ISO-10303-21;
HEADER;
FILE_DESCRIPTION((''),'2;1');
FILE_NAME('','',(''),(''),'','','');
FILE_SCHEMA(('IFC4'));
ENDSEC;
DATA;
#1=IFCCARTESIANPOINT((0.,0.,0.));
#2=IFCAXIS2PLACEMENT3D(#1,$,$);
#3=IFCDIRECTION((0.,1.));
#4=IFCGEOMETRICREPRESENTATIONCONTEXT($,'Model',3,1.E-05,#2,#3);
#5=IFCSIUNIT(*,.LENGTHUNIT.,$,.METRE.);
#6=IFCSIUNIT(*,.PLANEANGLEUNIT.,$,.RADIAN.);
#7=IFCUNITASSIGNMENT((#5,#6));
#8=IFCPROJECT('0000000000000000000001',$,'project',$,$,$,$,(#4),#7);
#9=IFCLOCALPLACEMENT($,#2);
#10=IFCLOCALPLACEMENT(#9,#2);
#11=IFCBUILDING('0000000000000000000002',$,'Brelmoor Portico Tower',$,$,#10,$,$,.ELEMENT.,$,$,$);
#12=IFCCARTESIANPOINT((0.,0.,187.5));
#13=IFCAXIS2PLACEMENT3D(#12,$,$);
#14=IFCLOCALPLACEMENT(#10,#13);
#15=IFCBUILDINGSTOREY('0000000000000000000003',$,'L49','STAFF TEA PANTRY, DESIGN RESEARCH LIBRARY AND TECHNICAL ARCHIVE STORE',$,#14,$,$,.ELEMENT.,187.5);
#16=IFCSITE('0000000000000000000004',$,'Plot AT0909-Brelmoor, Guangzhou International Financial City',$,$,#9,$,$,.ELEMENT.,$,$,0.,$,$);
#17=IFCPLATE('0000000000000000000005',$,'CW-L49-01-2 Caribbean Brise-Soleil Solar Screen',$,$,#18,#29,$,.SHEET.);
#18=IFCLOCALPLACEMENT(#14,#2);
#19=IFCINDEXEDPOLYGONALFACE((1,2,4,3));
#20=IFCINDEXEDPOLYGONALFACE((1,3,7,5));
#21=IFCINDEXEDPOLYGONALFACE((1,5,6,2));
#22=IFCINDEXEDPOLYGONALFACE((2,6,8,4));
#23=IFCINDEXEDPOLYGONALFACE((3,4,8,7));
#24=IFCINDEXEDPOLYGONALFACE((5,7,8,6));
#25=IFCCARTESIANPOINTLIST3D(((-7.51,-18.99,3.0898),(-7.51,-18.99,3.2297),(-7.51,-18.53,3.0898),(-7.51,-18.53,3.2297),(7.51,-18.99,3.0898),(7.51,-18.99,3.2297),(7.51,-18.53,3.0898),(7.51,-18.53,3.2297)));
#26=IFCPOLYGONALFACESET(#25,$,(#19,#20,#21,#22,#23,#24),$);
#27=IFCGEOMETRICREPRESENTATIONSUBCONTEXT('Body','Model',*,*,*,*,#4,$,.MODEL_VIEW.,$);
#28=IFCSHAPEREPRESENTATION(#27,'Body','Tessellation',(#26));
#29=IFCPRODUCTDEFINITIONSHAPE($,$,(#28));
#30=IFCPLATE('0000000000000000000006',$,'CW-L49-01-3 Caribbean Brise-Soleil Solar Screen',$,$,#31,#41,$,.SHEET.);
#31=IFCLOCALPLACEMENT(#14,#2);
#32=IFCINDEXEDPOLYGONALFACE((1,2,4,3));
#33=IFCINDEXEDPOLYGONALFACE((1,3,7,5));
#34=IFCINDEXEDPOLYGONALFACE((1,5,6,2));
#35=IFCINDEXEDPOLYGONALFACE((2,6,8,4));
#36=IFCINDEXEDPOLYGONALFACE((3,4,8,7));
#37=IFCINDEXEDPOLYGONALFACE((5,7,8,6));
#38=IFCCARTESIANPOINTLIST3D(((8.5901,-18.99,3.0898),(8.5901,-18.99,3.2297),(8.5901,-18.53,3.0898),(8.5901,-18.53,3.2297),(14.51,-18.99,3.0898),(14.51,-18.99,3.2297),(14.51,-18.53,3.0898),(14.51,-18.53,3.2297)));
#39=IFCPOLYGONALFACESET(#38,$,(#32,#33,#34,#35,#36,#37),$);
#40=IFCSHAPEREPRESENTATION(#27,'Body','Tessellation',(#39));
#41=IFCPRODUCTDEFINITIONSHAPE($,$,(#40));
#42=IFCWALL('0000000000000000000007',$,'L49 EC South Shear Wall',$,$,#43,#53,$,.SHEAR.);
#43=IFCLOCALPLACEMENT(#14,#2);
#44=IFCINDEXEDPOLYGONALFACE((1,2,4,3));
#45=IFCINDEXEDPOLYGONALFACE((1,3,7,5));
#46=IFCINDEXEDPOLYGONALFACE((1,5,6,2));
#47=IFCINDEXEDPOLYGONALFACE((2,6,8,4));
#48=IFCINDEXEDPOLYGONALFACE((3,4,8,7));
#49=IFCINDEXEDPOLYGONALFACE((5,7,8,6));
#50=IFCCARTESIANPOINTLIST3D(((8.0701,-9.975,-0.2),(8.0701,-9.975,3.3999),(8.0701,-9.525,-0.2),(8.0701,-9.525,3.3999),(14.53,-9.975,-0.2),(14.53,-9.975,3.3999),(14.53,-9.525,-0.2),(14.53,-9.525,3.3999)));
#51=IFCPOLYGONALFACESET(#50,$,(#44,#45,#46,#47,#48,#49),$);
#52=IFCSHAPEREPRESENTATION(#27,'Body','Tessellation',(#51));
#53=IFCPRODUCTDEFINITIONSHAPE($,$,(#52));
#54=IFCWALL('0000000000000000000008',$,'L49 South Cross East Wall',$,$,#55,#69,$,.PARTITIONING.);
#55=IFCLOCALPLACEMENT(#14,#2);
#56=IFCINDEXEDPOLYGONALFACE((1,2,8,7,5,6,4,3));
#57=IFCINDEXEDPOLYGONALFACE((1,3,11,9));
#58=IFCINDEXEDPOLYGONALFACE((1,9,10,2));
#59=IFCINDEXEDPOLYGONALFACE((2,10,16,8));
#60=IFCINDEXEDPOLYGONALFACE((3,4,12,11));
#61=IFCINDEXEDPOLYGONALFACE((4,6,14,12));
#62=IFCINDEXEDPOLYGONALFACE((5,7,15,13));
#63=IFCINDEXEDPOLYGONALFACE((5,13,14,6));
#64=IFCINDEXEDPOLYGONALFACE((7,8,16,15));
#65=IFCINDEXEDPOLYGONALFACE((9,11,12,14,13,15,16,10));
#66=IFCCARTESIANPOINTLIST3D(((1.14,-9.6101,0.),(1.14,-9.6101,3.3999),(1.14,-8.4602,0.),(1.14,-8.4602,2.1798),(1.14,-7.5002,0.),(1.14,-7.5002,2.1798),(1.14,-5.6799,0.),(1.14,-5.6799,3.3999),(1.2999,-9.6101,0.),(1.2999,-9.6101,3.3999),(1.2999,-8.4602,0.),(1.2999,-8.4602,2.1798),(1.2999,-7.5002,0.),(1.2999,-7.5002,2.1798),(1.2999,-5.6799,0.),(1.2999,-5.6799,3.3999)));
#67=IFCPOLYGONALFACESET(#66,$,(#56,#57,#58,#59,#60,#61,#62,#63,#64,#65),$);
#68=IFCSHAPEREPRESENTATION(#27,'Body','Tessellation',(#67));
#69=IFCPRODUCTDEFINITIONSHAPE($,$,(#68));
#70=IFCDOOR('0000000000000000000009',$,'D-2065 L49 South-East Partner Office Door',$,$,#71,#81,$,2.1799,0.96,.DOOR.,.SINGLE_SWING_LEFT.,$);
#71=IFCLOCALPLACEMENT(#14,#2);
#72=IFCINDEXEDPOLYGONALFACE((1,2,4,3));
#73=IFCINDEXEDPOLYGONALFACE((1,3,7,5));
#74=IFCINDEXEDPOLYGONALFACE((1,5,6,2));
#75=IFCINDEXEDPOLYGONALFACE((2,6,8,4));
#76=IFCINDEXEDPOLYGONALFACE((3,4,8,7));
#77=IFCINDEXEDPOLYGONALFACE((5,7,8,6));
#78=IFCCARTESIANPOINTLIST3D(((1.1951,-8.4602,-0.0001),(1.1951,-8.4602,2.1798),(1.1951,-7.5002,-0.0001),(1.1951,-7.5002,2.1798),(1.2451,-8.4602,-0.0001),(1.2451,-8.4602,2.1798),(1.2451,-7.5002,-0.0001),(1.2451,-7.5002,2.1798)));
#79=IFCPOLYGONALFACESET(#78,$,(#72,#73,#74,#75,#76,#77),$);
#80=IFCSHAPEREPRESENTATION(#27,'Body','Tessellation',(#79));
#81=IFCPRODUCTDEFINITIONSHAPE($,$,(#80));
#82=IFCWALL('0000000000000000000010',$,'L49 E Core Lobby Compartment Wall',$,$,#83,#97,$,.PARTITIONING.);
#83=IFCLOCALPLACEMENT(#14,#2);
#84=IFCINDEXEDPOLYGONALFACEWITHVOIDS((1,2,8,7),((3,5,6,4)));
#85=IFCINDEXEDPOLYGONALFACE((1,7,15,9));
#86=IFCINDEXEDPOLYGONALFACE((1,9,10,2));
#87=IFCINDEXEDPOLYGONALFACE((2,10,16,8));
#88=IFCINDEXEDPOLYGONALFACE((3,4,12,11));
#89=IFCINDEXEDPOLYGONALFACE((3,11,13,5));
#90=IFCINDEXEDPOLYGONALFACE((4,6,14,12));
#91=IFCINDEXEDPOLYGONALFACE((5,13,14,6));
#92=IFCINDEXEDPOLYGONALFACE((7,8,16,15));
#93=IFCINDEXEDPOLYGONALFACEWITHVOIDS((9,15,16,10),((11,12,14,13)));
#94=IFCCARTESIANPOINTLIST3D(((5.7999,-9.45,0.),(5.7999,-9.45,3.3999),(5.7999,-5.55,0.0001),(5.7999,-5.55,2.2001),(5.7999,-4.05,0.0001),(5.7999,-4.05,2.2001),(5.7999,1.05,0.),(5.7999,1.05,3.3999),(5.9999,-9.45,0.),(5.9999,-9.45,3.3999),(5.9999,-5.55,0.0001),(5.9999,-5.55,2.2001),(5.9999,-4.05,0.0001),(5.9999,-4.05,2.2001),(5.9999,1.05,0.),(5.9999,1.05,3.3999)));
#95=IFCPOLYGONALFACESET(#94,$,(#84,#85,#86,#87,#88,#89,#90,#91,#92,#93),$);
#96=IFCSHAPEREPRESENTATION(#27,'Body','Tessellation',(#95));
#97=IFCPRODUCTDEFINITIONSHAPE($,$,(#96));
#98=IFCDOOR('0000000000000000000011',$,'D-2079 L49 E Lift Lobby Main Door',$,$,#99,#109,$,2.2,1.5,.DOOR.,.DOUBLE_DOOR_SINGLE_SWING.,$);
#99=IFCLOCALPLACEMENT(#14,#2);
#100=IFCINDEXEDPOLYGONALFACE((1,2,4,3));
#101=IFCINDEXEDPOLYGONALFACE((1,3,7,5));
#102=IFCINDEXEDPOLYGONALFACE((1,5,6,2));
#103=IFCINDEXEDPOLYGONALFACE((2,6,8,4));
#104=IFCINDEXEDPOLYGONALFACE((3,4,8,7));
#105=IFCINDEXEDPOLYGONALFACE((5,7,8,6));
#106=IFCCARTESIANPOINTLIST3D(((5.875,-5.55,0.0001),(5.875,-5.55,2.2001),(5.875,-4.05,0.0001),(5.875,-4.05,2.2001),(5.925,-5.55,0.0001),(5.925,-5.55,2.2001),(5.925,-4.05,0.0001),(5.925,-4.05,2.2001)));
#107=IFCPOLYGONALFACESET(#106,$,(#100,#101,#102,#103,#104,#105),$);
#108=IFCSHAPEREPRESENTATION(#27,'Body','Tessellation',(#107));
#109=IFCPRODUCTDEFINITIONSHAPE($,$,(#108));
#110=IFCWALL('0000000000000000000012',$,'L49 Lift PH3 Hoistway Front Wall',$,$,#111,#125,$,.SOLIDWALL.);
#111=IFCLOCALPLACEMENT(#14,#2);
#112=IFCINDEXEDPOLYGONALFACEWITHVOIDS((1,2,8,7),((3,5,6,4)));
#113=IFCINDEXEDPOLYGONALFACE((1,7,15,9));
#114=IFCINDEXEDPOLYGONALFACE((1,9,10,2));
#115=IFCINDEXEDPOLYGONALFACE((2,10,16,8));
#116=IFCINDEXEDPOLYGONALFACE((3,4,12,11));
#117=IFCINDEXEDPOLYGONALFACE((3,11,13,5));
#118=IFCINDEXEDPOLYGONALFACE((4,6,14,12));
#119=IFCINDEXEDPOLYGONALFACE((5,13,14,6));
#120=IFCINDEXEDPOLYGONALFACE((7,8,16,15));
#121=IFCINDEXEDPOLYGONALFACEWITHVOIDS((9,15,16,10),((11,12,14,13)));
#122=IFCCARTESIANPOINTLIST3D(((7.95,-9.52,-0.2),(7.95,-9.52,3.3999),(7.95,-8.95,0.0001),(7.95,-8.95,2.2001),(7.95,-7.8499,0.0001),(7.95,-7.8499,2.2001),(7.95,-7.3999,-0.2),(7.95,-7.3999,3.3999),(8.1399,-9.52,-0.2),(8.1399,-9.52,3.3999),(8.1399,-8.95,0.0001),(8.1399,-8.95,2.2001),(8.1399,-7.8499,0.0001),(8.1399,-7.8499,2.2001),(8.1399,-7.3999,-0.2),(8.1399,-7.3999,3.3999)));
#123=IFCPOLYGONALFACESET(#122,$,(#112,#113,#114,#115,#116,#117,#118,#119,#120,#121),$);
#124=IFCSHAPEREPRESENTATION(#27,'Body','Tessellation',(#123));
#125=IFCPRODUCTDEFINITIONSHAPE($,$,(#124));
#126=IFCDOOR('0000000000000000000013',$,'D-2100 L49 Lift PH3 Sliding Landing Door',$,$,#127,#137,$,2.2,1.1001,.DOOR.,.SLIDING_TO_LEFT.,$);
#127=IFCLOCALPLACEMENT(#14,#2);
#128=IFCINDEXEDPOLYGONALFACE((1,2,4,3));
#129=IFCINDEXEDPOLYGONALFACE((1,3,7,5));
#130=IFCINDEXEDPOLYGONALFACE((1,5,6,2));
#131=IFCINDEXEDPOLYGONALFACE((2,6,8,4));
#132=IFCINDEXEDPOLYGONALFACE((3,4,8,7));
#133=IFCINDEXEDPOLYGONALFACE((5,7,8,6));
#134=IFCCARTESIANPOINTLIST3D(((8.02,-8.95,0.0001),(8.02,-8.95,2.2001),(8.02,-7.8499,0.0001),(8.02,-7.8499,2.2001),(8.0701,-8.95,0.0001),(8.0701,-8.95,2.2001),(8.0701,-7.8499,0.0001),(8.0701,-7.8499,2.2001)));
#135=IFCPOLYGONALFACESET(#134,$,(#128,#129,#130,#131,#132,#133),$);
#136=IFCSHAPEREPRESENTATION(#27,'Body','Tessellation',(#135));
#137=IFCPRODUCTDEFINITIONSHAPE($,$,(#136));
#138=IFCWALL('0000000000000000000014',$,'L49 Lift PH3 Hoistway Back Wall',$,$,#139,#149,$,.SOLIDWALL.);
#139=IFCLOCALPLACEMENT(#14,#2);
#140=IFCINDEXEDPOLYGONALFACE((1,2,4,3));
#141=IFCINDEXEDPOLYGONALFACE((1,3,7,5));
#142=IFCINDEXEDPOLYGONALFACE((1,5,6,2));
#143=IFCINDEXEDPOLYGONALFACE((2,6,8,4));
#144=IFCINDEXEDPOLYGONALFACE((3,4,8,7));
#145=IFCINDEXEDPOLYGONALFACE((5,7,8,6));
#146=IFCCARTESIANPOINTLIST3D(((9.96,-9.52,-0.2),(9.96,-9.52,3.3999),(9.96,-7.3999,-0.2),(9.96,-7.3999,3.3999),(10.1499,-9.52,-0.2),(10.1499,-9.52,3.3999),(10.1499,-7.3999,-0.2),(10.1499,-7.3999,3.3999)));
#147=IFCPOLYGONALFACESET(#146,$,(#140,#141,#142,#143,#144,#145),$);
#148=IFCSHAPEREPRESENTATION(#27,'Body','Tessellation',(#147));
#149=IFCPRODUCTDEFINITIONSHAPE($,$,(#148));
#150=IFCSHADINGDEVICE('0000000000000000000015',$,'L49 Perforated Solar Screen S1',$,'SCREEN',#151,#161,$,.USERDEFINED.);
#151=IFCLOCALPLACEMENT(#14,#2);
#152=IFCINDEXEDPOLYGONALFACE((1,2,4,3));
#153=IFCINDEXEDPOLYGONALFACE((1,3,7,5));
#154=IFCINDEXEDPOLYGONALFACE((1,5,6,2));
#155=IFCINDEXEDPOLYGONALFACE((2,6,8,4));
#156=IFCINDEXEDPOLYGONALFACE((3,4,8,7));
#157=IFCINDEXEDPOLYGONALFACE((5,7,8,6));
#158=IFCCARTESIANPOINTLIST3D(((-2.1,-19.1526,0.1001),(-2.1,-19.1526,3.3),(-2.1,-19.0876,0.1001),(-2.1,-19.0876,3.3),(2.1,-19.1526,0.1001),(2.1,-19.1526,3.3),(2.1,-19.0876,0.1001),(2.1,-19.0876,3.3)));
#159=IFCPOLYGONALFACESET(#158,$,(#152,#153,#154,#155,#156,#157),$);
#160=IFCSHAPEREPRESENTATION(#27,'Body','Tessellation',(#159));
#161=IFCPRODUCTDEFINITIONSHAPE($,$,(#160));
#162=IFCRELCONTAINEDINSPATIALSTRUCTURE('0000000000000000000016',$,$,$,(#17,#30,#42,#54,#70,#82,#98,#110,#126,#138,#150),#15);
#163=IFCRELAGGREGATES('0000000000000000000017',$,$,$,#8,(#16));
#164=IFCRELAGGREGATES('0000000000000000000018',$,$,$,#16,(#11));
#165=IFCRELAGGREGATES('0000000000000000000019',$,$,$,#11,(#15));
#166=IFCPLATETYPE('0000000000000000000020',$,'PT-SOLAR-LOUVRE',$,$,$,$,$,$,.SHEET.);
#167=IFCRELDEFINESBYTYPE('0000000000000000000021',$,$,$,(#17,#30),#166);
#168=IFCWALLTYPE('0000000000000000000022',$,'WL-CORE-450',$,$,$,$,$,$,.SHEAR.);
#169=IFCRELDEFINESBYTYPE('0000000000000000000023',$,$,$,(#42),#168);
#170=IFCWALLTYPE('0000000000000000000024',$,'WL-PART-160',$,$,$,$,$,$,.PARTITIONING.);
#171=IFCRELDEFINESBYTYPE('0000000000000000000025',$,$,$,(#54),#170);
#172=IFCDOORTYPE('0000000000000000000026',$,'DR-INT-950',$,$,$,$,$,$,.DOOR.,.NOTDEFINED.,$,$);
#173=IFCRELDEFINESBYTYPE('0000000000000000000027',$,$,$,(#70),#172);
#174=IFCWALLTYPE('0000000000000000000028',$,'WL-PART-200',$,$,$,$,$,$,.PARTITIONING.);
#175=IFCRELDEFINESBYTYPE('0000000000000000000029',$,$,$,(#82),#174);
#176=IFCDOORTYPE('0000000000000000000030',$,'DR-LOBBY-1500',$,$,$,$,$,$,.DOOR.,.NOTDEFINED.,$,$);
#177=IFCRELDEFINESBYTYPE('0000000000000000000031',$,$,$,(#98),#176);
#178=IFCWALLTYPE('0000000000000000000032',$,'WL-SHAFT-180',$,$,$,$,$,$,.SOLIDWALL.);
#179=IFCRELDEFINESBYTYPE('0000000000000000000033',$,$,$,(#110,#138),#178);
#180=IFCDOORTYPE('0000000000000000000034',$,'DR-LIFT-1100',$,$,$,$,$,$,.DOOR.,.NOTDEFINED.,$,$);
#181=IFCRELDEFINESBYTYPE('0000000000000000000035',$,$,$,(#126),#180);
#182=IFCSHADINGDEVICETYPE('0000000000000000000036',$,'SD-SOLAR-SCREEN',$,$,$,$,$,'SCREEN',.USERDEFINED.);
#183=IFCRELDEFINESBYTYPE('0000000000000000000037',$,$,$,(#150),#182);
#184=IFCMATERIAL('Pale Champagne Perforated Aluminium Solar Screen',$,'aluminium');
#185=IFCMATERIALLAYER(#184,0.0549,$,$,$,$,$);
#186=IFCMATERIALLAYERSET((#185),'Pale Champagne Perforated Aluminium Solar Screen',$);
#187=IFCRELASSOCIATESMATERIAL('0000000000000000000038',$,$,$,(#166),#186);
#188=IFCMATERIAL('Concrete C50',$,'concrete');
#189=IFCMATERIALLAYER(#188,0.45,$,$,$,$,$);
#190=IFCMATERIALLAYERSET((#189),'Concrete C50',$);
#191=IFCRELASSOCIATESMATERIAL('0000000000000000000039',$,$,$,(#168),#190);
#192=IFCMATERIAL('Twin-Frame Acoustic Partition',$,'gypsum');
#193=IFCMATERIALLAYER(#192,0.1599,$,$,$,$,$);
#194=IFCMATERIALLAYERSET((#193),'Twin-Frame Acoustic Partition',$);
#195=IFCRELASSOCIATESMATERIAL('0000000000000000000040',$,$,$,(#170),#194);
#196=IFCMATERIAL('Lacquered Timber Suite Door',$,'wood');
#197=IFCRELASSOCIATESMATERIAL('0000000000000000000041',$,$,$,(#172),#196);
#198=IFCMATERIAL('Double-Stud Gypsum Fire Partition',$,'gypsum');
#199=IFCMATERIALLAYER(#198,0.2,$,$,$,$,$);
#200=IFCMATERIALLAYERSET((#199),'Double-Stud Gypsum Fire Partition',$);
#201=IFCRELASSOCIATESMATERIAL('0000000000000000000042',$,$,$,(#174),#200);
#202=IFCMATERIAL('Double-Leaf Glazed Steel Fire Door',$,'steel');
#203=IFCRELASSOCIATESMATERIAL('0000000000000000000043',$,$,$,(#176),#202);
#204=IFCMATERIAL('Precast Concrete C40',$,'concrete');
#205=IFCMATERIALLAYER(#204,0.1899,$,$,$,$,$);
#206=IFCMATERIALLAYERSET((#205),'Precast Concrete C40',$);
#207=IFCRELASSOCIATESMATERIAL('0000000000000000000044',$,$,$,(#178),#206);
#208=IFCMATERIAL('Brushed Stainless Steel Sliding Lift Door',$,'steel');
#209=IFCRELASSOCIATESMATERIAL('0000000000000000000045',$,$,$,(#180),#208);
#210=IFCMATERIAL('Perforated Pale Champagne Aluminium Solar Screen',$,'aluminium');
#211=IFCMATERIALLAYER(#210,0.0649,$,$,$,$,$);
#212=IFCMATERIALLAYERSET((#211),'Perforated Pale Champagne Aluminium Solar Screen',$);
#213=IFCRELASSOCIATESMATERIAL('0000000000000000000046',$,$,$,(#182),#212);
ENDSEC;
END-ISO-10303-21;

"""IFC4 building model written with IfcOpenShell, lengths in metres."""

from ifc_helpers import new_model, si_unit, direction, frame, frame_2d, origin, origin_2d, place, context, subcontext, project, spatial, rectangle, extrude, material, layer, layer_set, type_object, element, fill, save


model = new_model("IFC4")

# Units and contexts
model_context = context("Model", 3, precision=1e-05, world=origin(), true_north=direction((0.0, 1.0)))
body_context = subcontext(model_context, "Body", "Model", "MODEL_VIEW")
ifc_project = project(units=[si_unit("LENGTHUNIT", "METRE"), si_unit("PLANEANGLEUNIT", "RADIAN")], contexts=[model_context])

# Site, building, storey
site_placement = place(None, origin())
site = spatial("IfcSite", under=ifc_project, at=site_placement, Name="Plot AT0909-Brelmoor, Guangzhou International Financial City", CompositionType="ELEMENT", RefElevation=0.0)
building_placement = place(site_placement, origin())
building = spatial("IfcBuilding", under=site, at=building_placement, Name="Brelmoor Portico Tower", CompositionType="ELEMENT")
storey_placement = place(building_placement, frame((0.0, 0.0, 187.5)))
storey = spatial("IfcBuildingStorey", under=building, at=storey_placement, Name="L49", Description="STAFF TEA PANTRY, DESIGN RESEARCH LIBRARY AND TECHNICAL ARCHIVE STORE", CompositionType="ELEMENT", Elevation=187.5)

# Plates
ifc_material_1 = material(Name="Pale Champagne Perforated Aluminium Solar Screen", Category="aluminium")
ifc_layer_1 = layer(ifc_material_1, 0.0549)
ifc_layer_set_1 = layer_set([ifc_layer_1], Name="Pale Champagne Perforated Aluminium Solar Screen")
plate_type_1 = type_object("IfcPlateType", Name="PT-SOLAR-LOUVRE", PredefinedType="SHEET", material=ifc_layer_set_1)
plate_1_placement = place(storey_placement, frame((0.0, -18.76, 3.0898), z_axis=(0.0, 0.0, 1.0), x_axis=(1.0, 0.0, 0.0)))
element("IfcPlate", 1, at=plate_1_placement, inside=storey, type_object=plate_type_1, Name="CW-L49-01-2 Caribbean Brise-Soleil Solar Screen", PredefinedType="SHEET", context=body_context, shape_type="SweptSolid", body=[
    extrude(rectangle(XDim=15.02, YDim=0.46, at=origin_2d()), origin(), (0.0, 0.0, 1.0), 0.1399),
])
plate_2_placement = place(storey_placement, frame((11.55, -18.76, 3.0898), z_axis=(0.0, 0.0, 1.0), x_axis=(1.0, 0.0, 0.0)))
element("IfcPlate", 2, at=plate_2_placement, inside=storey, type_object=plate_type_1, Name="CW-L49-01-3 Caribbean Brise-Soleil Solar Screen", PredefinedType="SHEET", context=body_context, shape_type="SweptSolid", body=[
    extrude(rectangle(XDim=5.9199, YDim=0.46, at=origin_2d()), origin(), (0.0, 0.0, 1.0), 0.1399),
])

# Wall
ifc_material_2 = material(Name="Concrete C50", Category="concrete")
ifc_layer_2 = layer(ifc_material_2, 0.45)
ifc_layer_set_2 = layer_set([ifc_layer_2], Name="Concrete C50")
wall_type_1 = type_object("IfcWallType", Name="WL-CORE-450", PredefinedType="SHEAR", material=ifc_layer_set_2)
wall_1_placement = place(storey_placement, frame((8.0701, -9.75, -0.2), z_axis=(0.0, 0.0, 1.0), x_axis=(1.0, 0.0, 0.0)))
element("IfcWall", 3, at=wall_1_placement, inside=storey, type_object=wall_type_1, Name="L49 EC South Shear Wall", PredefinedType="SHEAR", context=body_context, shape_type="SweptSolid", body=[
    extrude(rectangle(XDim=6.46, YDim=0.45, at=frame_2d((3.23, 0.0))), origin(), (0.0, 0.0, 1.0), 3.5999),
])

# Walls, openings, doors
ifc_material_3 = material(Name="Twin-Frame Acoustic Partition", Category="gypsum")
ifc_layer_3 = layer(ifc_material_3, 0.1599)
ifc_layer_set_3 = layer_set([ifc_layer_3], Name="Twin-Frame Acoustic Partition")
wall_type_2 = type_object("IfcWallType", Name="WL-PART-160", PredefinedType="PARTITIONING", material=ifc_layer_set_3)
wall_2_placement = place(storey_placement, frame((1.22, -9.6101, 0.0), z_axis=(0.0, 0.0, 1.0), x_axis=(0.0, 1.0, 0.0)))
wall_2 = element("IfcWall", 4, at=wall_2_placement, inside=storey, type_object=wall_type_2, Name="L49 South Cross East Wall", PredefinedType="PARTITIONING", context=body_context, shape_type="SweptSolid", body=[
    extrude(rectangle(XDim=3.9302, YDim=0.1599, at=frame_2d((1.9651, 0.0))), origin(), (0.0, 0.0, 1.0), 3.3999),
])
opening_1_placement = place(wall_2_placement, frame((1.1499, 0.0, 0.0)))
opening_1 = element("IfcOpeningElement", 5, at=opening_1_placement, cuts=wall_2, PredefinedType="OPENING", context=body_context, shape_type="SweptSolid", body=[
    extrude(rectangle(XDim=0.96, YDim=2.1799, at=frame_2d((0.48, 1.0898))), frame((0.0, 0.0898, 0.0), z_axis=(0.0, -1.0, 0.0), x_axis=(1.0, 0.0, 0.0)), (0.0, 0.0, 1.0), 0.1799),
])
ifc_material_4 = material(Name="Lacquered Timber Suite Door", Category="wood")
door_type_1 = type_object("IfcDoorType", Name="DR-INT-950", OperationType="NOTDEFINED", PredefinedType="DOOR", material=ifc_material_4)
door_1_placement = place(opening_1_placement, origin())
door_1 = element("IfcDoor", 6, at=door_1_placement, inside=storey, type_object=door_type_1, Name="D-2065 L49 South-East Partner Office Door", OperationType="SINGLE_SWING_LEFT", OverallHeight=2.1799, OverallWidth=0.96, PredefinedType="DOOR", context=body_context, shape_type="SweptSolid", body=[
    extrude(rectangle(XDim=0.96, YDim=2.1799, at=frame_2d((0.48, 1.0898))), frame((0.0, 0.0249, 0.0), z_axis=(0.0, -1.0, 0.0), x_axis=(1.0, 0.0, 0.0)), (0.0, 0.0, 1.0), 0.05),
])
fill(opening_1, door_1)
ifc_material_5 = material(Name="Double-Stud Gypsum Fire Partition", Category="gypsum")
ifc_layer_4 = layer(ifc_material_5, 0.2)
ifc_layer_set_4 = layer_set([ifc_layer_4], Name="Double-Stud Gypsum Fire Partition")
wall_type_3 = type_object("IfcWallType", Name="WL-PART-200", PredefinedType="PARTITIONING", material=ifc_layer_set_4)
wall_3_placement = place(storey_placement, frame((5.8999, -9.45, 0.0), z_axis=(0.0, 0.0, 1.0), x_axis=(0.0, 1.0, 0.0)))
wall_3 = element("IfcWall", 7, at=wall_3_placement, inside=storey, type_object=wall_type_3, Name="L49 E Core Lobby Compartment Wall", PredefinedType="PARTITIONING", context=body_context, shape_type="SweptSolid", body=[
    extrude(rectangle(XDim=10.5, YDim=0.2, at=frame_2d((5.25, 0.0))), origin(), (0.0, 0.0, 1.0), 3.3999),
])
opening_2_placement = place(wall_3_placement, frame((3.8999, 0.0, 0.0)))
opening_2 = element("IfcOpeningElement", 8, at=opening_2_placement, cuts=wall_3, PredefinedType="OPENING", context=body_context, shape_type="SweptSolid", body=[
    extrude(rectangle(XDim=1.5, YDim=2.2, at=frame_2d((0.75, 1.1001))), frame((0.0, 0.1099, 0.0), z_axis=(0.0, -1.0, 0.0), x_axis=(1.0, 0.0, 0.0)), (0.0, 0.0, 1.0), 0.22),
])
ifc_material_6 = material(Name="Double-Leaf Glazed Steel Fire Door", Category="steel")
door_type_2 = type_object("IfcDoorType", Name="DR-LOBBY-1500", OperationType="NOTDEFINED", PredefinedType="DOOR", material=ifc_material_6)
door_2_placement = place(opening_2_placement, origin())
door_2 = element("IfcDoor", 9, at=door_2_placement, inside=storey, type_object=door_type_2, Name="D-2079 L49 E Lift Lobby Main Door", OperationType="DOUBLE_DOOR_SINGLE_SWING", OverallHeight=2.2, OverallWidth=1.5, PredefinedType="DOOR", context=body_context, shape_type="SweptSolid", body=[
    extrude(rectangle(XDim=1.5, YDim=2.2, at=frame_2d((0.75, 1.1001))), frame((0.0, 0.0249, 0.0), z_axis=(0.0, -1.0, 0.0), x_axis=(1.0, 0.0, 0.0)), (0.0, 0.0, 1.0), 0.05),
])
fill(opening_2, door_2)
ifc_material_7 = material(Name="Precast Concrete C40", Category="concrete")
ifc_layer_5 = layer(ifc_material_7, 0.1899)
ifc_layer_set_5 = layer_set([ifc_layer_5], Name="Precast Concrete C40")
wall_type_4 = type_object("IfcWallType", Name="WL-SHAFT-180", PredefinedType="SOLIDWALL", material=ifc_layer_set_5)
wall_4_placement = place(storey_placement, frame((8.0449, -9.52, -0.2), z_axis=(0.0, 0.0, 1.0), x_axis=(0.0, 1.0, 0.0)))
wall_4 = element("IfcWall", 10, at=wall_4_placement, inside=storey, type_object=wall_type_4, Name="L49 Lift PH3 Hoistway Front Wall", PredefinedType="SOLIDWALL", context=body_context, shape_type="SweptSolid", body=[
    extrude(rectangle(XDim=2.1201, YDim=0.1899, at=frame_2d((1.0601, 0.0))), origin(), (0.0, 0.0, 1.0), 3.5999),
])
opening_3_placement = place(wall_4_placement, frame((0.5701, 0.0, 0.2)))
opening_3 = element("IfcOpeningElement", 11, at=opening_3_placement, cuts=wall_4, PredefinedType="OPENING", context=body_context, shape_type="SweptSolid", body=[
    extrude(rectangle(XDim=1.1001, YDim=2.2, at=frame_2d((0.55, 1.1001))), frame((0.0, 0.105, 0.0), z_axis=(0.0, -1.0, 0.0), x_axis=(1.0, 0.0, 0.0)), (0.0, 0.0, 1.0), 0.21),
])
ifc_material_8 = material(Name="Brushed Stainless Steel Sliding Lift Door", Category="steel")
door_type_3 = type_object("IfcDoorType", Name="DR-LIFT-1100", OperationType="NOTDEFINED", PredefinedType="DOOR", material=ifc_material_8)
door_3_placement = place(opening_3_placement, origin())
door_3 = element("IfcDoor", 12, at=door_3_placement, inside=storey, type_object=door_type_3, Name="D-2100 L49 Lift PH3 Sliding Landing Door", OperationType="SLIDING_TO_LEFT", OverallHeight=2.2, OverallWidth=1.1001, PredefinedType="DOOR", context=body_context, shape_type="SweptSolid", body=[
    extrude(rectangle(XDim=1.1001, YDim=2.2, at=frame_2d((0.55, 1.1001))), frame((0.0, 0.0249, 0.0), z_axis=(0.0, -1.0, 0.0), x_axis=(1.0, 0.0, 0.0)), (0.0, 0.0, 1.0), 0.05),
])
fill(opening_3, door_3)

# Wall
wall_5_placement = place(storey_placement, frame((10.0549, -9.52, -0.2), z_axis=(0.0, 0.0, 1.0), x_axis=(0.0, 1.0, 0.0)))
element("IfcWall", 13, at=wall_5_placement, inside=storey, type_object=wall_type_4, Name="L49 Lift PH3 Hoistway Back Wall", PredefinedType="SOLIDWALL", context=body_context, shape_type="SweptSolid", body=[
    extrude(rectangle(XDim=2.1201, YDim=0.1899, at=frame_2d((1.0601, 0.0))), origin(), (0.0, 0.0, 1.0), 3.5999),
])

# Shading device
ifc_material_9 = material(Name="Perforated Pale Champagne Aluminium Solar Screen", Category="aluminium")
ifc_layer_6 = layer(ifc_material_9, 0.0649)
ifc_layer_set_6 = layer_set([ifc_layer_6], Name="Perforated Pale Champagne Aluminium Solar Screen")
shading_device_type = type_object("IfcShadingDeviceType", Name="SD-SOLAR-SCREEN", ElementType="SCREEN", PredefinedType="USERDEFINED", material=ifc_layer_set_6)
shading_device_placement = place(storey_placement, frame((0.0, -19.1201, 0.1001), z_axis=(0.0, 0.0, 1.0), x_axis=(1.0, 0.0, 0.0)))
element("IfcShadingDevice", 14, at=shading_device_placement, inside=storey, type_object=shading_device_type, Name="L49 Perforated Solar Screen S1", ObjectType="SCREEN", PredefinedType="USERDEFINED", context=body_context, shape_type="SweptSolid", body=[
    extrude(rectangle(XDim=4.2, YDim=0.0649, at=origin_2d()), origin(), (0.0, 0.0, 1.0), 3.2),
])

save(model, "model.ifc")
